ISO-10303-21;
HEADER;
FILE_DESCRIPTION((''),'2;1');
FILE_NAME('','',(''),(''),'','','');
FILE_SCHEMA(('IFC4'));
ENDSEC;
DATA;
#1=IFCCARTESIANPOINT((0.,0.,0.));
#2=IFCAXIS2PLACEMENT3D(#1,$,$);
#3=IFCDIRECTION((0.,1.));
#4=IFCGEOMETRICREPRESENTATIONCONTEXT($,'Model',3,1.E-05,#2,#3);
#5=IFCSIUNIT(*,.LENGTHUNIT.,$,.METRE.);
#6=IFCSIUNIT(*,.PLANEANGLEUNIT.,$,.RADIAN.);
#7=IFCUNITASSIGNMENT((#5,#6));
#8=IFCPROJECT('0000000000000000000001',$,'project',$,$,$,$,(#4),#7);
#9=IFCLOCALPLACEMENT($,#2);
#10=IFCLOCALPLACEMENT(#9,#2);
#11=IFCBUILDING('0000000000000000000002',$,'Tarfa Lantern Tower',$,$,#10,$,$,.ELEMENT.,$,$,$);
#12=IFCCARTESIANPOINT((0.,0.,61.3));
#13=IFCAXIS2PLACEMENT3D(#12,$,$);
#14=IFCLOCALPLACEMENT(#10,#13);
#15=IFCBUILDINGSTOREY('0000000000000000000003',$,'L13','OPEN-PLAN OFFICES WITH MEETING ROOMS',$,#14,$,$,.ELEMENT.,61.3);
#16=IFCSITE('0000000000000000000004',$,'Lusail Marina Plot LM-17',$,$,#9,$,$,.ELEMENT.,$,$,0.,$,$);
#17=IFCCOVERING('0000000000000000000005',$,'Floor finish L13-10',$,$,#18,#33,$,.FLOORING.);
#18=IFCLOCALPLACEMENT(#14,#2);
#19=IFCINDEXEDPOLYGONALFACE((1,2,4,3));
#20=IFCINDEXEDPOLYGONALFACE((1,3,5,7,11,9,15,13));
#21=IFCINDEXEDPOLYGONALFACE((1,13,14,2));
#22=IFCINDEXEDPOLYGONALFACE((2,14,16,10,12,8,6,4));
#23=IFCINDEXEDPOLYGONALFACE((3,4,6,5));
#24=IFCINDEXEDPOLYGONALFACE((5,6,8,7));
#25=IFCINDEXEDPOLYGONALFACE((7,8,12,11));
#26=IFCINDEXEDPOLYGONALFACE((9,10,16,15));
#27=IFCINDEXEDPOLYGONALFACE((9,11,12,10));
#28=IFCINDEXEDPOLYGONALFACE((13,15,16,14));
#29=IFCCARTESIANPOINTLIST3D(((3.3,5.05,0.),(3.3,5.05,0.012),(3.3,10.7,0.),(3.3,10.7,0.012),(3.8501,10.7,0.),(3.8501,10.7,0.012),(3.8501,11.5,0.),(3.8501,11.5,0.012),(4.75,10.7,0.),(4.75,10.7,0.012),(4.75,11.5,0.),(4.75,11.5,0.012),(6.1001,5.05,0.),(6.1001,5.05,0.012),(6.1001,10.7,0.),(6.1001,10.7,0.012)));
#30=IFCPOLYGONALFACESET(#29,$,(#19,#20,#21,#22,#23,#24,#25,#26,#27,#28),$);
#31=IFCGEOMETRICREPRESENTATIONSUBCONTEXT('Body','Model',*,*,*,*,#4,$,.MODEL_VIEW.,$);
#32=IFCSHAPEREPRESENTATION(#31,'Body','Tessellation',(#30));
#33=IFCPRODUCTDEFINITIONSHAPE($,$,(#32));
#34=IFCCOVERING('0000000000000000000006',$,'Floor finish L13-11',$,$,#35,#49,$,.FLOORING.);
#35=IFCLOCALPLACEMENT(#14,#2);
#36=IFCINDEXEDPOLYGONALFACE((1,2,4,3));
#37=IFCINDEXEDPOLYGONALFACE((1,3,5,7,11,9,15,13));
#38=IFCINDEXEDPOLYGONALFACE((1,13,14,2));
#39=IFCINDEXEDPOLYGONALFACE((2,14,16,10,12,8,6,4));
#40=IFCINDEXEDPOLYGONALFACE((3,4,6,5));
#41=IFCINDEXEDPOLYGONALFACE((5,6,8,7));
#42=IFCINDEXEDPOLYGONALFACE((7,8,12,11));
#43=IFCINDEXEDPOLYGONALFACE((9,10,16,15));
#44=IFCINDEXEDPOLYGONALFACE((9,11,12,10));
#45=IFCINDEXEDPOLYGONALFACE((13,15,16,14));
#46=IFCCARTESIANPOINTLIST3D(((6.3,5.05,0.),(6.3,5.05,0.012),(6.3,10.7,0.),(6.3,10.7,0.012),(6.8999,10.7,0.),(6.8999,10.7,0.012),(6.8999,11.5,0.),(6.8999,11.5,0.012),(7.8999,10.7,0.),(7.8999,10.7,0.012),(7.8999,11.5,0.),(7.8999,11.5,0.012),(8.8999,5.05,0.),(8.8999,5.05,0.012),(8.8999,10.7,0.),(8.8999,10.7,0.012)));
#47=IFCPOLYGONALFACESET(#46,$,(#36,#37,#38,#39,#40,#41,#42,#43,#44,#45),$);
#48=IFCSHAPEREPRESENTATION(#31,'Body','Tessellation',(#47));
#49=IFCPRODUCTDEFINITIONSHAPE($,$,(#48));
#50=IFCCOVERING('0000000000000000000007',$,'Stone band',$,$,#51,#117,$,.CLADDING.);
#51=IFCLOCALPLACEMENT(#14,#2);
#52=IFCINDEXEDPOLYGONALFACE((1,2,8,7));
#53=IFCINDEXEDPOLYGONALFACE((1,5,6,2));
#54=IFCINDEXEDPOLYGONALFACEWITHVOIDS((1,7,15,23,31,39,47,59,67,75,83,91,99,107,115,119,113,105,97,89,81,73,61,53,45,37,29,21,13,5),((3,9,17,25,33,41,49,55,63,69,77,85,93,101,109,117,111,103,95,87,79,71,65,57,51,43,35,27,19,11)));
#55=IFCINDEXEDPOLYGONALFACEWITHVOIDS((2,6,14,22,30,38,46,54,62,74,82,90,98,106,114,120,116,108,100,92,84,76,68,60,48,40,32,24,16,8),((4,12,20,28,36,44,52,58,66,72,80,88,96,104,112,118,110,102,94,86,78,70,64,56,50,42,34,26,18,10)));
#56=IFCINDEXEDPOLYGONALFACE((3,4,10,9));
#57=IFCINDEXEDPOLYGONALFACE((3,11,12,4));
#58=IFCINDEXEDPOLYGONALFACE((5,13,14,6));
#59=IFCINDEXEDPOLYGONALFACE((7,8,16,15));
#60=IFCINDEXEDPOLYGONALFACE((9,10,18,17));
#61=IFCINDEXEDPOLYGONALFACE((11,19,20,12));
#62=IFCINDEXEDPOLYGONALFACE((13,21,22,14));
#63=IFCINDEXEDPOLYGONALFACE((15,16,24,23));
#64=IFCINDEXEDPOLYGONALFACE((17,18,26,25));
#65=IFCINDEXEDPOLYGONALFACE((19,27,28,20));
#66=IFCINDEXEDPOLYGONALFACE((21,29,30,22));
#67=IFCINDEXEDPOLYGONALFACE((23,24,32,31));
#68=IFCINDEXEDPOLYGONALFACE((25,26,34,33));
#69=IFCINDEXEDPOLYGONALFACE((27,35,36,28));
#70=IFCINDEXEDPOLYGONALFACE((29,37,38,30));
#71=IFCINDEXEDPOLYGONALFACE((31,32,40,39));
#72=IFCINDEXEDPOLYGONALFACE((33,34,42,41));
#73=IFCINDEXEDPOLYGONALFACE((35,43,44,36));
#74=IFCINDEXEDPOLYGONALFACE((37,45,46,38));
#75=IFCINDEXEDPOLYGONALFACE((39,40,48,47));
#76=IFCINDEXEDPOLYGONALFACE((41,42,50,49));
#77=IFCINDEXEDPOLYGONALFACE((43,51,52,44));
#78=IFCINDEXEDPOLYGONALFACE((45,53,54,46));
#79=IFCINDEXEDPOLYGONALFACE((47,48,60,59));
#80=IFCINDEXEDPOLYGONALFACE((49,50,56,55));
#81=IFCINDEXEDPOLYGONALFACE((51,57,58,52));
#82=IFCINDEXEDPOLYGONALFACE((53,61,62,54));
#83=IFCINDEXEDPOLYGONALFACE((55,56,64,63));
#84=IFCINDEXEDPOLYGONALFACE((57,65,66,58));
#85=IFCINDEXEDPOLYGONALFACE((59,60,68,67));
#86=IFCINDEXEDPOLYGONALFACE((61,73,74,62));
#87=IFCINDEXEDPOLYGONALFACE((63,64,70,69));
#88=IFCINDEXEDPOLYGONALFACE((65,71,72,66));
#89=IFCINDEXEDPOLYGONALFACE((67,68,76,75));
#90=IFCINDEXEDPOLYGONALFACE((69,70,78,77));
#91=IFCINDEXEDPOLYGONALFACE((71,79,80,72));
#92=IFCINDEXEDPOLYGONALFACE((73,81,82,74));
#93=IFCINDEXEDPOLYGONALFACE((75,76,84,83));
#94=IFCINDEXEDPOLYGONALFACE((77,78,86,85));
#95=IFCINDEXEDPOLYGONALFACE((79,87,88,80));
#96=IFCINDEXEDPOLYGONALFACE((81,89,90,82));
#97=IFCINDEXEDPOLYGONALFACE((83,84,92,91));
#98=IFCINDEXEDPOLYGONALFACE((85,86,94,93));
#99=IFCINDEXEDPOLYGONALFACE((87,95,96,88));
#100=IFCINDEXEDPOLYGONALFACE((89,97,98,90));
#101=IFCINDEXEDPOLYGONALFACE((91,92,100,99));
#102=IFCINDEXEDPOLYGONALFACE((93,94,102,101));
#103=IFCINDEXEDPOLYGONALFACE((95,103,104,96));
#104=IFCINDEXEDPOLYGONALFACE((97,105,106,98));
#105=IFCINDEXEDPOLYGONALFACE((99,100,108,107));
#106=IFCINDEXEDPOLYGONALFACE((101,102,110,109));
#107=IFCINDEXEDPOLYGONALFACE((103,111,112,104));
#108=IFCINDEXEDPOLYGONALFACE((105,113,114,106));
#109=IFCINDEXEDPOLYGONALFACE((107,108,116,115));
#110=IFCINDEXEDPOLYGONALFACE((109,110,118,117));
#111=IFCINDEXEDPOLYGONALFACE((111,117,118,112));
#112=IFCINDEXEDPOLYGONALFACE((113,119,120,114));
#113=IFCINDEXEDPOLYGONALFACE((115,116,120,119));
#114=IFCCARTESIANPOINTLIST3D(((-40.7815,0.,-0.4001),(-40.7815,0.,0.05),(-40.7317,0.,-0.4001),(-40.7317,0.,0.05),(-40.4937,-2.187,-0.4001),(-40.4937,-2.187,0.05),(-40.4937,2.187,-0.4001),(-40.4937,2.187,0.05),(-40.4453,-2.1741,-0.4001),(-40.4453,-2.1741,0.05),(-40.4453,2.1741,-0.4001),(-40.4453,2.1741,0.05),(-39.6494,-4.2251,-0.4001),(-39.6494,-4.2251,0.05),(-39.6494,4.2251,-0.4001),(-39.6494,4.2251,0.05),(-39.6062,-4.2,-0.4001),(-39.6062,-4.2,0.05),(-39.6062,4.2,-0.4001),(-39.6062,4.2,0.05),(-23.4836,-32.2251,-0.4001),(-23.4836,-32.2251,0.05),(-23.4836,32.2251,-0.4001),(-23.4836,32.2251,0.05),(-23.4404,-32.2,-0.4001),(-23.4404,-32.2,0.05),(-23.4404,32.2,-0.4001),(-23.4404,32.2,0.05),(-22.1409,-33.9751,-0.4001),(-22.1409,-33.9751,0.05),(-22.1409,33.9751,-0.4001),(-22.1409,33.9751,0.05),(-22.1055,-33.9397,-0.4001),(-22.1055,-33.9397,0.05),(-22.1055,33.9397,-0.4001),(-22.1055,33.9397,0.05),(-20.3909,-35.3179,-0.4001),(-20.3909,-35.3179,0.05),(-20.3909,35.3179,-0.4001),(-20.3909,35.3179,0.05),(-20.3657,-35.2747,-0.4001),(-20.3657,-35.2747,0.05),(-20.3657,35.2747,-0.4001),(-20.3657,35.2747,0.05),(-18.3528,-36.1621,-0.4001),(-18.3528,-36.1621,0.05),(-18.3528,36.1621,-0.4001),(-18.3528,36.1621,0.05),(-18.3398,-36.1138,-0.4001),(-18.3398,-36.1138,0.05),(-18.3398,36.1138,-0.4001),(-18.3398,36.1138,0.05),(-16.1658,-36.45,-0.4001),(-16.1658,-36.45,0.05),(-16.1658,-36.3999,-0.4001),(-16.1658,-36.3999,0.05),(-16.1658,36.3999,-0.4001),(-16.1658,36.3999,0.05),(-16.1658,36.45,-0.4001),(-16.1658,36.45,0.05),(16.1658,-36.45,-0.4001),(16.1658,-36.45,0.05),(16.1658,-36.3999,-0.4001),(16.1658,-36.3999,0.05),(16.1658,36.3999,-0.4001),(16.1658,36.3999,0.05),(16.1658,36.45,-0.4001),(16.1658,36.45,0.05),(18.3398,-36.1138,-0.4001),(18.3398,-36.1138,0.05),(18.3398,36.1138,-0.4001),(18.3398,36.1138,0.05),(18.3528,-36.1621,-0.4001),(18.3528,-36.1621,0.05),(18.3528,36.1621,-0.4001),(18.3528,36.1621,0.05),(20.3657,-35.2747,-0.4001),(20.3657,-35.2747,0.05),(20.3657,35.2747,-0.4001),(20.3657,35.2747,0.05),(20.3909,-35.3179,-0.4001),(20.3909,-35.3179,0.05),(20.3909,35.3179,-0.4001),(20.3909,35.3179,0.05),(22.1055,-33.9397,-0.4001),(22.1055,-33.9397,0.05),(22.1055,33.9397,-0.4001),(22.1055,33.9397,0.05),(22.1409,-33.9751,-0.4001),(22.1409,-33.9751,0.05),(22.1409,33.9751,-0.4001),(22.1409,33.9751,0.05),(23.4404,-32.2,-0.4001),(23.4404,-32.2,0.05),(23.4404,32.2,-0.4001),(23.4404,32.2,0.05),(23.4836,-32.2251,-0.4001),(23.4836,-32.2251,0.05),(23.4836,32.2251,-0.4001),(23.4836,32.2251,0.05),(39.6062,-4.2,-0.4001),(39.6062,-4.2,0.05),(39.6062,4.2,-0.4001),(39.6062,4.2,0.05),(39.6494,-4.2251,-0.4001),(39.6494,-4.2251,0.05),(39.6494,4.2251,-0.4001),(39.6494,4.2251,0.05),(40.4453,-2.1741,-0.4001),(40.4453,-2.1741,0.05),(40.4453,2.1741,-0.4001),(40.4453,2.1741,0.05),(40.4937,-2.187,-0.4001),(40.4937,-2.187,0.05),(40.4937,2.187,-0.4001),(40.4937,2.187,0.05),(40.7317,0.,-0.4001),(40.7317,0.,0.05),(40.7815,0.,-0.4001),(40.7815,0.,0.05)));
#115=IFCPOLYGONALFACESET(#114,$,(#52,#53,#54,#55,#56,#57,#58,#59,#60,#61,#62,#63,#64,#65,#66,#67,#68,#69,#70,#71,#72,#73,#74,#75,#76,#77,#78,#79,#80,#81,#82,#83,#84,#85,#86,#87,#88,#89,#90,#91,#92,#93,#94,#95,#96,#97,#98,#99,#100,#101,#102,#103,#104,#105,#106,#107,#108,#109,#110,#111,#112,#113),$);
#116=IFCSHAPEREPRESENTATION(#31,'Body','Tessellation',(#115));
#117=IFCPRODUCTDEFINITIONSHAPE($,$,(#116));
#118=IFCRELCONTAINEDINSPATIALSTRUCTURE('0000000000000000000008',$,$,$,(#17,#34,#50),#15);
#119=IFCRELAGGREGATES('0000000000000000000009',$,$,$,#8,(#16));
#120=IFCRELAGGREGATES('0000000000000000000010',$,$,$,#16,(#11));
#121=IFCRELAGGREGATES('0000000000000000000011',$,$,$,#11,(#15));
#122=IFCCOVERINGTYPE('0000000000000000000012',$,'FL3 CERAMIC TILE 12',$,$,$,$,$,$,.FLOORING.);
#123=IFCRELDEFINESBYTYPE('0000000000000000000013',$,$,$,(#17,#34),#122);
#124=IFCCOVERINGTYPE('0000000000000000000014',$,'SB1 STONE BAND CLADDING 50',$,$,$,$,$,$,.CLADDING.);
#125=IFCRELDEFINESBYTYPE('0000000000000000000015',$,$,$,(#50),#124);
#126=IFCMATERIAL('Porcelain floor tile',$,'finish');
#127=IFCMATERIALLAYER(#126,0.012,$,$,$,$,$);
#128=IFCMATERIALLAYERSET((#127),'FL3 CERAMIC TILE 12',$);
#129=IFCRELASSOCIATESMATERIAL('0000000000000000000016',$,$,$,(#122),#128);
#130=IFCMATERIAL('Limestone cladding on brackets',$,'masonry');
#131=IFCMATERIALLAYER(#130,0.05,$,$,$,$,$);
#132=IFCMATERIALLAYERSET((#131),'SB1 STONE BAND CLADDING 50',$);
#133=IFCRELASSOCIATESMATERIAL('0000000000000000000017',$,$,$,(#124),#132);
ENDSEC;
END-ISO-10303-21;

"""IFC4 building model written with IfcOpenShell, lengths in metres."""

from ifc_helpers import new_model, si_unit, direction, frame, origin, place, context, subcontext, project, spatial, polyline, outline, extrude, material, layer, layer_set, type_object, element, save


model = new_model("IFC4")

# Units and contexts
model_context = context("Model", 3, precision=1e-05, world=origin(), true_north=direction((0.0, 1.0)))
body_context = subcontext(model_context, "Body", "Model", "MODEL_VIEW")
ifc_project = project(units=[si_unit("LENGTHUNIT", "METRE"), si_unit("PLANEANGLEUNIT", "RADIAN")], contexts=[model_context])

# Site, building, storey
site_placement = place(None, origin())
site = spatial("IfcSite", under=ifc_project, at=site_placement, Name="Lusail Marina Plot LM-17", CompositionType="ELEMENT", RefElevation=0.0)
building_placement = place(site_placement, origin())
building = spatial("IfcBuilding", under=site, at=building_placement, Name="Tarfa Lantern Tower", CompositionType="ELEMENT")
storey_placement = place(building_placement, frame((0.0, 0.0, 61.3)))
storey = spatial("IfcBuildingStorey", under=building, at=storey_placement, Name="L13", Description="OPEN-PLAN OFFICES WITH MEETING ROOMS", CompositionType="ELEMENT", Elevation=61.3)

# Coverings
ifc_material_1 = material(Name="Porcelain floor tile", Category="finish")
ifc_layer_1 = layer(ifc_material_1, 0.012)
ifc_layer_set_1 = layer_set([ifc_layer_1], Name="FL3 CERAMIC TILE 12")
covering_type_1 = type_object("IfcCoveringType", Name="FL3 CERAMIC TILE 12", PredefinedType="FLOORING", material=ifc_layer_set_1)
covering_1_placement = place(storey_placement, origin())
element("IfcCovering", 1, at=covering_1_placement, inside=storey, type_object=covering_type_1, Name="Floor finish L13-10", PredefinedType="FLOORING", context=body_context, shape_type="SweptSolid", body=[
    extrude(outline(polyline([(3.3, 5.05), (6.1001, 5.05), (6.1001, 10.7), (4.75, 10.7), (4.75, 11.5), (3.8501, 11.5), (3.8501, 10.7), (3.3, 10.7), (3.3, 5.05)])), origin(), (0.0, 0.0, 1.0), 0.012),
])
covering_2_placement = place(storey_placement, origin())
element("IfcCovering", 2, at=covering_2_placement, inside=storey, type_object=covering_type_1, Name="Floor finish L13-11", PredefinedType="FLOORING", context=body_context, shape_type="SweptSolid", body=[
    extrude(outline(polyline([(6.3, 5.05), (8.8999, 5.05), (8.8999, 10.7), (7.8999, 10.7), (7.8999, 11.5), (6.8999, 11.5), (6.8999, 10.7), (6.3, 10.7), (6.3, 5.05)])), origin(), (0.0, 0.0, 1.0), 0.012),
])
ifc_material_2 = material(Name="Limestone cladding on brackets", Category="masonry")
ifc_layer_2 = layer(ifc_material_2, 0.05)
ifc_layer_set_2 = layer_set([ifc_layer_2], Name="SB1 STONE BAND CLADDING 50")
covering_type_2 = type_object("IfcCoveringType", Name="SB1 STONE BAND CLADDING 50", PredefinedType="CLADDING", material=ifc_layer_set_2)
covering_3_placement = place(storey_placement, frame((0.0, 0.0, -0.4001)))
element("IfcCovering", 3, at=covering_3_placement, inside=storey, type_object=covering_type_2, Name="Stone band", PredefinedType="CLADDING", context=body_context, shape_type="SweptSolid", body=[
    extrude(outline(polyline([(39.6494, 4.2251), (23.4836, 32.2251), (22.1409, 33.9751), (20.3909, 35.3179), (18.3528, 36.1621), (16.1658, 36.45), (-16.1658, 36.45), (-18.3528, 36.1621), (-20.3909, 35.3179), (-22.1409, 33.9751), (-23.4836, 32.2251), (-39.6494, 4.2251), (-40.4937, 2.187), (-40.7815, 0.0), (-40.4937, -2.187), (-39.6494, -4.2251), (-23.4836, -32.2251), (-22.1409, -33.9751), (-20.3909, -35.3179), (-18.3528, -36.1621), (-16.1658, -36.45), (16.1658, -36.45), (18.3528, -36.1621), (20.3909, -35.3179), (22.1409, -33.9751), (23.4836, -32.2251), (39.6494, -4.2251), (40.4937, -2.187), (40.7815, 0.0), (40.4937, 2.187), (39.6494, 4.2251)]), holes=[polyline([(39.6062, 4.2), (23.4404, 32.2), (22.1055, 33.9397), (20.3657, 35.2747), (18.3398, 36.1138), (16.1658, 36.3999), (-16.1658, 36.3999), (-18.3398, 36.1138), (-20.3657, 35.2747), (-22.1055, 33.9397), (-23.4404, 32.2), (-39.6062, 4.2), (-40.4453, 2.1741), (-40.7317, 0.0), (-40.4453, -2.1741), (-39.6062, -4.2), (-23.4404, -32.2), (-22.1055, -33.9397), (-20.3657, -35.2747), (-18.3398, -36.1138), (-16.1658, -36.3999), (16.1658, -36.3999), (18.3398, -36.1138), (20.3657, -35.2747), (22.1055, -33.9397), (23.4404, -32.2), (39.6062, -4.2), (40.4453, -2.1741), (40.7317, 0.0), (40.4453, 2.1741), (39.6062, 4.2)])]), origin(), (0.0, 0.0, 1.0), 0.4502),
])

save(model, "model.ifc")
